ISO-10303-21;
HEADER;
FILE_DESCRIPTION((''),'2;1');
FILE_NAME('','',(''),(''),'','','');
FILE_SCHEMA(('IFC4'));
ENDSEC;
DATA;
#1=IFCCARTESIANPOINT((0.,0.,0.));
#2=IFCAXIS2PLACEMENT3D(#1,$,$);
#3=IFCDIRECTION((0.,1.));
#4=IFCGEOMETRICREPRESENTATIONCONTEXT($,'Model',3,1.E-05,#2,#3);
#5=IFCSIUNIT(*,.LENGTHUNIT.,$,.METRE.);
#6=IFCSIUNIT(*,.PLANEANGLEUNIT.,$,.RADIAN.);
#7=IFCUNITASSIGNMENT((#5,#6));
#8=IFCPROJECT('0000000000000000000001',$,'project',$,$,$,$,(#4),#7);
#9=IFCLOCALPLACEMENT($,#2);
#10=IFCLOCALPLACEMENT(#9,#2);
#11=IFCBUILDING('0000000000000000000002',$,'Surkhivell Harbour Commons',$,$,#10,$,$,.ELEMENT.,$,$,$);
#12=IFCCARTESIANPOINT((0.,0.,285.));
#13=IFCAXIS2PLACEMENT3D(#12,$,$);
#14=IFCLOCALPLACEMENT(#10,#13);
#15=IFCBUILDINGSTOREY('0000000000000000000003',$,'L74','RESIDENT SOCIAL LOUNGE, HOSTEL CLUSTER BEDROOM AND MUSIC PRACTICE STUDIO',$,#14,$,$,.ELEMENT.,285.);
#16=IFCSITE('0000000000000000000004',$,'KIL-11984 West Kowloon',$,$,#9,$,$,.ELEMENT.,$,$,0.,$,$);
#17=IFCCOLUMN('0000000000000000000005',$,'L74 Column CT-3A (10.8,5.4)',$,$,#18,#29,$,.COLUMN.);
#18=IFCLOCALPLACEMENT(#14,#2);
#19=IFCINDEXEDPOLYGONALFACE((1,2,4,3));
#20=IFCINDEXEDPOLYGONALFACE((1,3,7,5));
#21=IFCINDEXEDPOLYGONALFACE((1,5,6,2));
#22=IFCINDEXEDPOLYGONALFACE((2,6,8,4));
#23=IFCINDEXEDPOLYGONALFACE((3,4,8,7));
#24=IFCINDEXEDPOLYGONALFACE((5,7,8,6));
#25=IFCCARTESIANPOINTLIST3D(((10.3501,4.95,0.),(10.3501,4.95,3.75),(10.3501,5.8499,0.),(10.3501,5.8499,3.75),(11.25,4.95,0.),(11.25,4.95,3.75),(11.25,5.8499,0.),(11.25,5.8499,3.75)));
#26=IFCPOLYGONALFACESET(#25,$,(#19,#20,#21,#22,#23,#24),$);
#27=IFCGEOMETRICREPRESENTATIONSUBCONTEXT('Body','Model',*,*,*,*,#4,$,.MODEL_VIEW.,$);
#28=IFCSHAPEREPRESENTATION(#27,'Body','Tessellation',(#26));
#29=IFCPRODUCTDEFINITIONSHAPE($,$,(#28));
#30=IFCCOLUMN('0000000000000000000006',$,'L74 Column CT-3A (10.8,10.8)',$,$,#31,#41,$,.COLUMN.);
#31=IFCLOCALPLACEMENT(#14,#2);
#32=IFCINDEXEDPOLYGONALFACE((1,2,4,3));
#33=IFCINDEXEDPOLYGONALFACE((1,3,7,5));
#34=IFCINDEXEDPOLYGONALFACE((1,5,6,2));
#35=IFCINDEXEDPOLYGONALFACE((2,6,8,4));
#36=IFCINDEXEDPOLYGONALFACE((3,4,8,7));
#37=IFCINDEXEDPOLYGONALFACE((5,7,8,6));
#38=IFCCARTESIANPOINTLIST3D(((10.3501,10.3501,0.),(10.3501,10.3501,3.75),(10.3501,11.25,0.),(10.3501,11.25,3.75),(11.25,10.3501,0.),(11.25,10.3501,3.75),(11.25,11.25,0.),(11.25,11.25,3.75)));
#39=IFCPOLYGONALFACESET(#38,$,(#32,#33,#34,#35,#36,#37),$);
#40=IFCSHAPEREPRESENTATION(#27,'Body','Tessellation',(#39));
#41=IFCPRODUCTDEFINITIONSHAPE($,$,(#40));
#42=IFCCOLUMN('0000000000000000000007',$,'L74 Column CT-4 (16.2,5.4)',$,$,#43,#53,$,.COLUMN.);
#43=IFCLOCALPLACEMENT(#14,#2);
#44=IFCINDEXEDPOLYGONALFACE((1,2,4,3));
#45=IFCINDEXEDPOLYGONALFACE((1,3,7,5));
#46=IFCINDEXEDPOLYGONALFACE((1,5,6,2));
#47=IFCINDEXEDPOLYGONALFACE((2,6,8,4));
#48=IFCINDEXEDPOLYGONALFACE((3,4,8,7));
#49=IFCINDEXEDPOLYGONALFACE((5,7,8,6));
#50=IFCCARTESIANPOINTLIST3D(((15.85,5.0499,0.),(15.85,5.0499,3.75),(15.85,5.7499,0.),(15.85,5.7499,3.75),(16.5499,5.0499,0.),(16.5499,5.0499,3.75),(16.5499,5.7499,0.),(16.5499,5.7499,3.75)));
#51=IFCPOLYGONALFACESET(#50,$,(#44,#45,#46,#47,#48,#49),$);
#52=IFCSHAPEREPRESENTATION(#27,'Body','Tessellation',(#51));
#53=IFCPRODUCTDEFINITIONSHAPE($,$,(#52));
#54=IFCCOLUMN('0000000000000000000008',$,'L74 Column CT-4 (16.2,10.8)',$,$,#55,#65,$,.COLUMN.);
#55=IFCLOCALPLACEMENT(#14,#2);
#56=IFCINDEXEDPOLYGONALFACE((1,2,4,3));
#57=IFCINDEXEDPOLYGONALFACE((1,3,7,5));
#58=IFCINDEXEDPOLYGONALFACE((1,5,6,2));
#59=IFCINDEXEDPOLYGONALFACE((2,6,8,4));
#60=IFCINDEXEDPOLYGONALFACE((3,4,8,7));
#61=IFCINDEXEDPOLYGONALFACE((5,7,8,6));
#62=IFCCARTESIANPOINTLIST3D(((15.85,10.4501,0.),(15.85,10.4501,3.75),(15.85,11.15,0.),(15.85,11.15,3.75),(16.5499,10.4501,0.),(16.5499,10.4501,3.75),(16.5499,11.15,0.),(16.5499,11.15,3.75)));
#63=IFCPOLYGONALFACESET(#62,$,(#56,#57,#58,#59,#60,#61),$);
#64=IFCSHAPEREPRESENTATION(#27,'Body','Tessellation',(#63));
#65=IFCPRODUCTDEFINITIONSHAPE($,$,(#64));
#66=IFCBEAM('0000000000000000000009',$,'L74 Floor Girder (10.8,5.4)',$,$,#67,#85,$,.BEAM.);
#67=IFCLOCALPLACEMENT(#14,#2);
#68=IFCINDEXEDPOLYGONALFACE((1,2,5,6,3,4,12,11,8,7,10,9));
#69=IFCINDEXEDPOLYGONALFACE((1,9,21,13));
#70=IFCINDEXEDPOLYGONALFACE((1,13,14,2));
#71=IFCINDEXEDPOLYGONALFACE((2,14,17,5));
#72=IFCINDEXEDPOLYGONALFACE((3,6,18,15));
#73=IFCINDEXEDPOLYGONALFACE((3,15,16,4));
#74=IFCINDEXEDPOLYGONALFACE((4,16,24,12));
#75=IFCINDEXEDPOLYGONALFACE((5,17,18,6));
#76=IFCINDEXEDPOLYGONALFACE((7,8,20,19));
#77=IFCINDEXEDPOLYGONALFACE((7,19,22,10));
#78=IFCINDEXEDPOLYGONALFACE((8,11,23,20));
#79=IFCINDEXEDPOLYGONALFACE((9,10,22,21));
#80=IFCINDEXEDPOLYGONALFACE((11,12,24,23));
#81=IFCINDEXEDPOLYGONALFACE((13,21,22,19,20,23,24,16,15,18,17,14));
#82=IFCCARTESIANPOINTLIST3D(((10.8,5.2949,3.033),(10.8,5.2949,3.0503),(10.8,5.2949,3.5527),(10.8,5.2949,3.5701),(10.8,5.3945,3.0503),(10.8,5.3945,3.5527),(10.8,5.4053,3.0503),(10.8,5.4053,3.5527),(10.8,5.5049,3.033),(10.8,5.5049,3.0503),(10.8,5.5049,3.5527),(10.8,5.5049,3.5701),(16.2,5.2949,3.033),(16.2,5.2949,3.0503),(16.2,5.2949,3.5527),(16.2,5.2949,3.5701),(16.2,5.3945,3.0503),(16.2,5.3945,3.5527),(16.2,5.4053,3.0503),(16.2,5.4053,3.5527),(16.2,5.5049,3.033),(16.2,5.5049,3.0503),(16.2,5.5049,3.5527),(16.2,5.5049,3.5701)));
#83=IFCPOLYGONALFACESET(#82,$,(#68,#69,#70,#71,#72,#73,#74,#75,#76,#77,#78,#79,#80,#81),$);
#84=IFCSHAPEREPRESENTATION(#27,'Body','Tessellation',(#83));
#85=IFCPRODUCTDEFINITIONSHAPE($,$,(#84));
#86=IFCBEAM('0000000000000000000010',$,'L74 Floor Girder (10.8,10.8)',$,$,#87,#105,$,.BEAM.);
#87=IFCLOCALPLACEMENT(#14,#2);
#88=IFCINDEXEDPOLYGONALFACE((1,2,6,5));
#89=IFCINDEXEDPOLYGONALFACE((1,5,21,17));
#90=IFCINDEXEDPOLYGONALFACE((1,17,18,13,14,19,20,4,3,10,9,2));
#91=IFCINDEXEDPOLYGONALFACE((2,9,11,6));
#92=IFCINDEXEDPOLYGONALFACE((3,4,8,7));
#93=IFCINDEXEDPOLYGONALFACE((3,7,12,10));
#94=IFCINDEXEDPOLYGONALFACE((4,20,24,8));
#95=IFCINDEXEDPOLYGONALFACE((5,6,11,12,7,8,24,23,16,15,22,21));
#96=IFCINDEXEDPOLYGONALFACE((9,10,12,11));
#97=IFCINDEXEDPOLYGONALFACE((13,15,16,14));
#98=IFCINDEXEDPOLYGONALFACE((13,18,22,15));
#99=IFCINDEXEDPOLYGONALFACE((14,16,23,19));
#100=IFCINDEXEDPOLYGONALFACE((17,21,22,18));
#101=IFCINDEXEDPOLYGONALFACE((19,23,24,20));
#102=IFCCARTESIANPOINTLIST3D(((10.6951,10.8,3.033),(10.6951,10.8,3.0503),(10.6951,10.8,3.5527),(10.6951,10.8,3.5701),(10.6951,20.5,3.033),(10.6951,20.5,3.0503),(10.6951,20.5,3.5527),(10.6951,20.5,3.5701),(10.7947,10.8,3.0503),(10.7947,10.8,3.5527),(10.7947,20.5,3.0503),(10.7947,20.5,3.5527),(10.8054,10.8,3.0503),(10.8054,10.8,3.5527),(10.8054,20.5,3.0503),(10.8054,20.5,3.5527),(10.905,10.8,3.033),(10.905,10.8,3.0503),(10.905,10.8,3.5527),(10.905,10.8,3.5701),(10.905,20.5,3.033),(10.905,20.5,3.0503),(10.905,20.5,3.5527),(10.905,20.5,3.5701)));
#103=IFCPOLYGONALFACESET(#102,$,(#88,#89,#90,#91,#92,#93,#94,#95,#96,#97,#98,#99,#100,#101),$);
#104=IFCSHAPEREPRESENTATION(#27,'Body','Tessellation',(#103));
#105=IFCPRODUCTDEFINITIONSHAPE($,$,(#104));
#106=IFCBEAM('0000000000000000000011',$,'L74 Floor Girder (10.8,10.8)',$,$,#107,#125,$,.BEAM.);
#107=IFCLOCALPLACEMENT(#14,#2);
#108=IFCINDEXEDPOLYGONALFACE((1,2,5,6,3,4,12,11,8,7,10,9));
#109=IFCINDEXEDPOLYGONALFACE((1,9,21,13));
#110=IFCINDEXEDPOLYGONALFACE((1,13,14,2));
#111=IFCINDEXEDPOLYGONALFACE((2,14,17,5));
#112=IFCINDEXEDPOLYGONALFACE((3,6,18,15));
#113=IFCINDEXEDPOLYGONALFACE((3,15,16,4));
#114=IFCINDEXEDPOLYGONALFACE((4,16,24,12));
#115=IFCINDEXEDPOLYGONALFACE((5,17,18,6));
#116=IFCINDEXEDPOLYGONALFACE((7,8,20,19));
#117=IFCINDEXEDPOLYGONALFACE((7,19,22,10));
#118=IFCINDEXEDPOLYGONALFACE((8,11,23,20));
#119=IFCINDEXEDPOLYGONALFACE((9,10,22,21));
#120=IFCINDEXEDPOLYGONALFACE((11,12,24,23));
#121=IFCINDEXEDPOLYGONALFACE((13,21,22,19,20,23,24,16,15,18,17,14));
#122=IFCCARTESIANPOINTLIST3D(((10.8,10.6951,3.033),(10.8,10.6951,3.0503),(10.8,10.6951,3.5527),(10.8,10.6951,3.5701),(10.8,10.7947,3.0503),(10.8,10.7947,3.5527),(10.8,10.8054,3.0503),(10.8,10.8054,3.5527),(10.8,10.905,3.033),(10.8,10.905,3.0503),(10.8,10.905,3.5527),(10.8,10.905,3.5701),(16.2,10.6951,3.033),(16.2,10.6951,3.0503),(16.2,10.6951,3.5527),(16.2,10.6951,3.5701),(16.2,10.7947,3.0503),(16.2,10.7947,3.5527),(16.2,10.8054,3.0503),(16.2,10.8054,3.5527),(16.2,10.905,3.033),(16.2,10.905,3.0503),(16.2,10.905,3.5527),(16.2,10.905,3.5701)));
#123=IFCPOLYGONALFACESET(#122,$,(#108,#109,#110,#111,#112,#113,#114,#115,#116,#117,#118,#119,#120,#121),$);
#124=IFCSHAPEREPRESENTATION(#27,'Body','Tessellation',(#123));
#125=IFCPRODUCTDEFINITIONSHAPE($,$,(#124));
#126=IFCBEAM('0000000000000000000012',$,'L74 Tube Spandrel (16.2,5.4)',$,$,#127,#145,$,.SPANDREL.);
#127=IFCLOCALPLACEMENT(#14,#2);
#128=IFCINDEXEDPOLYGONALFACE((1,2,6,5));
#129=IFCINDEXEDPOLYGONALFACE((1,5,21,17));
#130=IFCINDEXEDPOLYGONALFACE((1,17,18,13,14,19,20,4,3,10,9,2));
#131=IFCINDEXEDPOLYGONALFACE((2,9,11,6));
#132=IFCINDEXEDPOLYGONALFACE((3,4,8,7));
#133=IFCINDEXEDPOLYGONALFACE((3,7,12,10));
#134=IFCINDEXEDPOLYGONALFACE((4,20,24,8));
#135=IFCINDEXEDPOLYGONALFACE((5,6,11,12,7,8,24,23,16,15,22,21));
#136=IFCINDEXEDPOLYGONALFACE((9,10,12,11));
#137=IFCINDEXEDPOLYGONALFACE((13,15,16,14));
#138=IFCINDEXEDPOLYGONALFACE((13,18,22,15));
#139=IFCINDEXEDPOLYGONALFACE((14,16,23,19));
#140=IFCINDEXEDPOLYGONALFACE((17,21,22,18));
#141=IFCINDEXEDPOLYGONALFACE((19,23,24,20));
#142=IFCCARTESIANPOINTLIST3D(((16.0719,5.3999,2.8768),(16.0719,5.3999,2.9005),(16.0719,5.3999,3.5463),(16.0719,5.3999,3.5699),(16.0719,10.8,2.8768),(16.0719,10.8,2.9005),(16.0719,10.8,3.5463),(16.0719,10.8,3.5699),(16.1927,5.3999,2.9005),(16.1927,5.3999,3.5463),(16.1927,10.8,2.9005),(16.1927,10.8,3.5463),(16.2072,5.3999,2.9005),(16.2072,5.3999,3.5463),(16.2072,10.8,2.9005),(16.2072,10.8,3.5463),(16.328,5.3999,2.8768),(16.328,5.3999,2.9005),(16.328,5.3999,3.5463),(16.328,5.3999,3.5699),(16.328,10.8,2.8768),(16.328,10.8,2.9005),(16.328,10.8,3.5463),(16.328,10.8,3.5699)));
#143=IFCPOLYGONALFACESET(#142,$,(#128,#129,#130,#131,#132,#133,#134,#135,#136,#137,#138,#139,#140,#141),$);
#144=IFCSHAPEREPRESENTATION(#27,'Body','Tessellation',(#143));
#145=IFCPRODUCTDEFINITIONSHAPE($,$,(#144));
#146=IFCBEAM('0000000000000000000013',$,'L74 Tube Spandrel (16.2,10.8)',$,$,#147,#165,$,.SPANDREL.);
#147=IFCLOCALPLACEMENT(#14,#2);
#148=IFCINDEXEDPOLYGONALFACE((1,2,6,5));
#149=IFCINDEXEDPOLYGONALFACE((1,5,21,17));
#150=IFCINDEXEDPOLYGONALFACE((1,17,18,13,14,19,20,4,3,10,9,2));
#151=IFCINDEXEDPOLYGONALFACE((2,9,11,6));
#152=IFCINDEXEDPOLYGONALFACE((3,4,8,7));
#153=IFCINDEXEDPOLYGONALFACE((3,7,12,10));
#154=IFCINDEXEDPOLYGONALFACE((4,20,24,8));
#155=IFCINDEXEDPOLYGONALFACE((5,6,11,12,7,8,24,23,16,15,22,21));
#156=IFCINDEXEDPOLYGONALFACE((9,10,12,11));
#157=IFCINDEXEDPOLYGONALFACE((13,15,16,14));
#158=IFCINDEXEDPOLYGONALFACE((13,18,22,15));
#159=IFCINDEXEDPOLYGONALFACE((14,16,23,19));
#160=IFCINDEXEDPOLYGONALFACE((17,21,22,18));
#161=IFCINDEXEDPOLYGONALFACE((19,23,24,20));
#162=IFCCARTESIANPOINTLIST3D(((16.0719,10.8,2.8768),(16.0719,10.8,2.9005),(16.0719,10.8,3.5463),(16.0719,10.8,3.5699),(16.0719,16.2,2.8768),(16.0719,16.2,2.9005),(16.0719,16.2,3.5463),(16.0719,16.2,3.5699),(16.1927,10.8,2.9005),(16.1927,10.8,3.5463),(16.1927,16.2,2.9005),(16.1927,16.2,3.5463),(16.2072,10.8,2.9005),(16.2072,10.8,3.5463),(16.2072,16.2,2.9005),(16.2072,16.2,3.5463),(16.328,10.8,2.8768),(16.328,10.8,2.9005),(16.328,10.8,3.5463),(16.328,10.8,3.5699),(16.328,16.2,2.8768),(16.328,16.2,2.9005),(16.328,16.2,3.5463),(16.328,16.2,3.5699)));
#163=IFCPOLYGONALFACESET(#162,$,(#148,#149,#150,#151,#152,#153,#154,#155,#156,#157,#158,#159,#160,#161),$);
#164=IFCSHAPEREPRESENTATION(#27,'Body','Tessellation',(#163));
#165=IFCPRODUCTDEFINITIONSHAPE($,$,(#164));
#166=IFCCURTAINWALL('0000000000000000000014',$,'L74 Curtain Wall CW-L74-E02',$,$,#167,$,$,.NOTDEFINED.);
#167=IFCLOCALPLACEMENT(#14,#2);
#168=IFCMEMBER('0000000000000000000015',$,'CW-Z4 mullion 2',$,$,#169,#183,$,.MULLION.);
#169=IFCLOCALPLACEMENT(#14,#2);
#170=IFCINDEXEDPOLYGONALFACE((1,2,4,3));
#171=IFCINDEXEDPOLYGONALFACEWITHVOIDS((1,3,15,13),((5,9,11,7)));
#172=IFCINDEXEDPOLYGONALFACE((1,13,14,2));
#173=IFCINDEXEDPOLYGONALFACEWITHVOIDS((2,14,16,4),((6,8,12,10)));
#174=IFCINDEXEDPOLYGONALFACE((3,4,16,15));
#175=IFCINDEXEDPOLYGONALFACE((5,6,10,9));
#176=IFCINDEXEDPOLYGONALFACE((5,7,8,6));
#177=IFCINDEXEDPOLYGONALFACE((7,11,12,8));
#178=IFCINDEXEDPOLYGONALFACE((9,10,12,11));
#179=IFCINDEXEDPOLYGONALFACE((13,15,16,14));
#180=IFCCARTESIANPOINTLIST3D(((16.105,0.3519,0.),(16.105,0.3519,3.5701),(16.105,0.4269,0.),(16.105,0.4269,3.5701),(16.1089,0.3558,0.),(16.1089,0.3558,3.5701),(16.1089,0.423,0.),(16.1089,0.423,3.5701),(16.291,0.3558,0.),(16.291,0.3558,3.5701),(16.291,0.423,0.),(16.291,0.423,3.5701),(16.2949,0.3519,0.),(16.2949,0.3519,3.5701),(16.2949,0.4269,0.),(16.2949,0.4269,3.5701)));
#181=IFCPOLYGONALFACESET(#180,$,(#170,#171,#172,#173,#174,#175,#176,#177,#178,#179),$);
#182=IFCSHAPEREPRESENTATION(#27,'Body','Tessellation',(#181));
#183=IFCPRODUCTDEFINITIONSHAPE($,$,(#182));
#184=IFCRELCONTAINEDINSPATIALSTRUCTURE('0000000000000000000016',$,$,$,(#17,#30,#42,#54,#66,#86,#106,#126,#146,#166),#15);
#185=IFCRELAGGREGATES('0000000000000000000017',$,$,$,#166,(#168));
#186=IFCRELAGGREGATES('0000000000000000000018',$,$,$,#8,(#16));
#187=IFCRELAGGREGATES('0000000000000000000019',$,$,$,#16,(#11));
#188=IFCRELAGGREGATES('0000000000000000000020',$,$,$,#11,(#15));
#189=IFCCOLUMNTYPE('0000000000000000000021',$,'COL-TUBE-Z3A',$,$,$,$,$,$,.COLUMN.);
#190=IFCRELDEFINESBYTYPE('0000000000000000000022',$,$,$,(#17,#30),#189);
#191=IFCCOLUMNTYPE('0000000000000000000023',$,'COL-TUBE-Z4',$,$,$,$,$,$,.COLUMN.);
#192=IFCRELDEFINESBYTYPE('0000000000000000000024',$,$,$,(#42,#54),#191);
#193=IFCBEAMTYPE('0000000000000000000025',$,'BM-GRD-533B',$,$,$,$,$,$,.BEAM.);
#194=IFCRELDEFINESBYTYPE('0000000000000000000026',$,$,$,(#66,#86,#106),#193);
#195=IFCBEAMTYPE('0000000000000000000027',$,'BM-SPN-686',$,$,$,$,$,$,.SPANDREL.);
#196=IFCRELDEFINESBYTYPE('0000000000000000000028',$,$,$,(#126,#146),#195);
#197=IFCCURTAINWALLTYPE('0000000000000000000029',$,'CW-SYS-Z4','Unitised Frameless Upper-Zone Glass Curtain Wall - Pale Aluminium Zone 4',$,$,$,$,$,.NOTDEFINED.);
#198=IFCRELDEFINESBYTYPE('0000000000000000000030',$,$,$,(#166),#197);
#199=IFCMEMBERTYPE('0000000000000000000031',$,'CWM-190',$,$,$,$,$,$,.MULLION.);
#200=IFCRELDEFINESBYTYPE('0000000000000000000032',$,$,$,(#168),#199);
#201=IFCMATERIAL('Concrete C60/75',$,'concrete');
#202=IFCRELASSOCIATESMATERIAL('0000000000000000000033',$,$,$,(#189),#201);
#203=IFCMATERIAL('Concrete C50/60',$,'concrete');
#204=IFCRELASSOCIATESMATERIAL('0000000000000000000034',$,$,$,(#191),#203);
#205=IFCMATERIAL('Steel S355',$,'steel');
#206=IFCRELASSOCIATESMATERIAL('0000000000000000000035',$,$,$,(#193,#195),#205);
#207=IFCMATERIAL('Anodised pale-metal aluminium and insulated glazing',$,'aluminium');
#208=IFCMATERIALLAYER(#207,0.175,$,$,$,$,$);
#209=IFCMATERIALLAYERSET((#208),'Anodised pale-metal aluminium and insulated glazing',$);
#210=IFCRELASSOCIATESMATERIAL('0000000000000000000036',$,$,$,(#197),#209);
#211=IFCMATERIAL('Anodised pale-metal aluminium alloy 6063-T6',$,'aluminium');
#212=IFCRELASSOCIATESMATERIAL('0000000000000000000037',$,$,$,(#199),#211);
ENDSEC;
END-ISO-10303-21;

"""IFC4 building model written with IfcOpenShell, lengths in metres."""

from ifc_helpers import new_model, si_unit, direction, frame, origin, origin_2d, place, context, subcontext, project, spatial, rectangle, hollow_rectangle, i_section, extrude, material, layer, layer_set, material_profile, profile_set, type_object, element, aggregate, save


model = new_model("IFC4")

# Units and contexts
model_context = context("Model", 3, precision=1e-05, world=origin(), true_north=direction((0.0, 1.0)))
body_context = subcontext(model_context, "Body", "Model", "MODEL_VIEW")
ifc_project = project(units=[si_unit("LENGTHUNIT", "METRE"), si_unit("PLANEANGLEUNIT", "RADIAN")], contexts=[model_context])

# Site, building, storey
site_placement = place(None, origin())
site = spatial("IfcSite", under=ifc_project, at=site_placement, Name="KIL-11984 West Kowloon", CompositionType="ELEMENT", RefElevation=0.0)
building_placement = place(site_placement, origin())
building = spatial("IfcBuilding", under=site, at=building_placement, Name="Surkhivell Harbour Commons", CompositionType="ELEMENT")
storey_placement = place(building_placement, frame((0.0, 0.0, 285.0)))
storey = spatial("IfcBuildingStorey", under=building, at=storey_placement, Name="L74", Description="RESIDENT SOCIAL LOUNGE, HOSTEL CLUSTER BEDROOM AND MUSIC PRACTICE STUDIO", CompositionType="ELEMENT", Elevation=285.0)

# Columns
ifc_material_1 = material(Name="Concrete C60/75", Category="concrete")
ifc_material_profile_1 = material_profile(ifc_material_1, rectangle(XDim=0.8999, YDim=0.8999, at=origin_2d()), Name="RC-COL-900x900")
ifc_profile_set_1 = profile_set([ifc_material_profile_1], Name="Concrete C60/75")
column_type_1 = type_object("IfcColumnType", Name="COL-TUBE-Z3A", PredefinedType="COLUMN", material=ifc_profile_set_1)
for number, where, z_axis, x_axis, name in (
    (1, (10.8, 5.3999, 0.0), (0.0, 0.0, 1.0), (1.0, 0.0, 0.0), "L74 Column CT-3A (10.8,5.4)"),
    (2, (10.8, 10.8, 0.0), (0.0, 0.0, 1.0), (1.0, 0.0, 0.0), "L74 Column CT-3A (10.8,10.8)"),
):
    element("IfcColumn", number, at=place(storey_placement, frame(where, z_axis=z_axis, x_axis=x_axis)), inside=storey, type_object=column_type_1, Name=name, PredefinedType="COLUMN", context=body_context, shape_type="SweptSolid", body=[
        extrude(rectangle(XDim=0.8999, YDim=0.8999, at=origin_2d()), origin(), (0.0, 0.0, 1.0), 3.75),
    ])
ifc_material_2 = material(Name="Concrete C50/60", Category="concrete")
ifc_material_profile_2 = material_profile(ifc_material_2, rectangle(XDim=0.7, YDim=0.7, at=origin_2d()), Name="RC-COL-700x700")
ifc_profile_set_2 = profile_set([ifc_material_profile_2], Name="Concrete C50/60")
column_type_2 = type_object("IfcColumnType", Name="COL-TUBE-Z4", PredefinedType="COLUMN", material=ifc_profile_set_2)
for number, where, z_axis, x_axis, name in (
    (3, (16.2, 5.3999, 0.0), (0.0, 0.0, 1.0), (1.0, 0.0, 0.0), "L74 Column CT-4 (16.2,5.4)"),
    (4, (16.2, 10.8, 0.0), (0.0, 0.0, 1.0), (1.0, 0.0, 0.0), "L74 Column CT-4 (16.2,10.8)"),
):
    element("IfcColumn", number, at=place(storey_placement, frame(where, z_axis=z_axis, x_axis=x_axis)), inside=storey, type_object=column_type_2, Name=name, PredefinedType="COLUMN", context=body_context, shape_type="SweptSolid", body=[
        extrude(rectangle(XDim=0.7, YDim=0.7, at=origin_2d()), origin(), (0.0, 0.0, 1.0), 3.75),
    ])

# Beams
ifc_material_3 = material(Name="Steel S355", Category="steel")
ifc_material_profile_3 = material_profile(ifc_material_3, i_section(OverallWidth=0.21, OverallDepth=0.5371, WebThickness=0.0107, FlangeThickness=0.0173, at=origin_2d()), Name="UB533x210x101")
ifc_profile_set_3 = profile_set([ifc_material_profile_3], Name="Steel S355")
beam_type_1 = type_object("IfcBeamType", Name="BM-GRD-533B", PredefinedType="BEAM", material=ifc_profile_set_3)
beam_1_placement = place(storey_placement, frame((10.8, 5.3999, 3.3015), z_axis=(1.0, 0.0, 0.0), x_axis=(0.0, 1.0, 0.0)))
element("IfcBeam", 5, at=beam_1_placement, inside=storey, type_object=beam_type_1, Name="L74 Floor Girder (10.8,5.4)", PredefinedType="BEAM", context=body_context, shape_type="SweptSolid", body=[
    extrude(i_section(OverallWidth=0.21, OverallDepth=0.5371, WebThickness=0.0107, FlangeThickness=0.0173, at=origin_2d()), origin(), (0.0, 0.0, 1.0), 5.3999),
])
beam_2_placement = place(storey_placement, frame((10.8, 10.8, 3.3015), z_axis=(0.0, 1.0, 0.0), x_axis=(-1.0, 0.0, 0.0)))
element("IfcBeam", 6, at=beam_2_placement, inside=storey, type_object=beam_type_1, Name="L74 Floor Girder (10.8,10.8)", PredefinedType="BEAM", context=body_context, shape_type="SweptSolid", body=[
    extrude(i_section(OverallWidth=0.21, OverallDepth=0.5371, WebThickness=0.0107, FlangeThickness=0.0173, at=origin_2d()), origin(), (0.0, 0.0, 1.0), 9.7),
])
beam_3_placement = place(storey_placement, frame((10.8, 10.8, 3.3015), z_axis=(1.0, 0.0, 0.0), x_axis=(0.0, 1.0, 0.0)))
element("IfcBeam", 7, at=beam_3_placement, inside=storey, type_object=beam_type_1, Name="L74 Floor Girder (10.8,10.8)", PredefinedType="BEAM", context=body_context, shape_type="SweptSolid", body=[
    extrude(i_section(OverallWidth=0.21, OverallDepth=0.5371, WebThickness=0.0107, FlangeThickness=0.0173, at=origin_2d()), origin(), (0.0, 0.0, 1.0), 5.3999),
])
ifc_material_profile_4 = material_profile(ifc_material_3, i_section(OverallWidth=0.2561, OverallDepth=0.6931, WebThickness=0.0144, FlangeThickness=0.0237, at=origin_2d()), Name="UB686x254x170")
ifc_profile_set_4 = profile_set([ifc_material_profile_4], Name="Steel S355")
beam_type_2 = type_object("IfcBeamType", Name="BM-SPN-686", PredefinedType="SPANDREL", material=ifc_profile_set_4)
beam_4_placement = place(storey_placement, frame((16.2, 5.3999, 3.2234), z_axis=(0.0, 1.0, 0.0), x_axis=(-1.0, 0.0, 0.0)))
element("IfcBeam", 8, at=beam_4_placement, inside=storey, type_object=beam_type_2, Name="L74 Tube Spandrel (16.2,5.4)", PredefinedType="SPANDREL", context=body_context, shape_type="SweptSolid", body=[
    extrude(i_section(OverallWidth=0.2561, OverallDepth=0.6931, WebThickness=0.0144, FlangeThickness=0.0237, at=origin_2d()), origin(), (0.0, 0.0, 1.0), 5.4001),
])
beam_5_placement = place(storey_placement, frame((16.2, 10.8, 3.2234), z_axis=(0.0, 1.0, 0.0), x_axis=(-1.0, 0.0, 0.0)))
element("IfcBeam", 9, at=beam_5_placement, inside=storey, type_object=beam_type_2, Name="L74 Tube Spandrel (16.2,10.8)", PredefinedType="SPANDREL", context=body_context, shape_type="SweptSolid", body=[
    extrude(i_section(OverallWidth=0.2561, OverallDepth=0.6931, WebThickness=0.0144, FlangeThickness=0.0237, at=origin_2d()), origin(), (0.0, 0.0, 1.0), 5.3999),
])

# Curtain wall, member
ifc_material_4 = material(Name="Anodised pale-metal aluminium and insulated glazing", Category="aluminium")
ifc_layer_1 = layer(ifc_material_4, 0.175)
ifc_layer_set_1 = layer_set([ifc_layer_1], Name="Anodised pale-metal aluminium and insulated glazing")
curtain_wall_type = type_object("IfcCurtainWallType", Name="CW-SYS-Z4", Description="Unitised Frameless Upper-Zone Glass Curtain Wall - Pale Aluminium Zone 4", PredefinedType="NOTDEFINED", material=ifc_layer_set_1)
curtain_wall_placement = place(storey_placement, origin())
curtain_wall = element("IfcCurtainWall", 10, at=curtain_wall_placement, inside=storey, type_object=curtain_wall_type, Name="L74 Curtain Wall CW-L74-E02", PredefinedType="NOTDEFINED")
ifc_material_5 = material(Name="Anodised pale-metal aluminium alloy 6063-T6", Category="aluminium")
ifc_material_profile_5 = material_profile(ifc_material_5, hollow_rectangle(XDim=0.075, YDim=0.1899, WallThickness=0.0039, at=origin_2d()), Name="ALU-MULL-75x190")
ifc_profile_set_5 = profile_set([ifc_material_profile_5], Name="Anodised pale-metal aluminium alloy 6063-T6")
member_type_1 = type_object("IfcMemberType", Name="CWM-190", PredefinedType="MULLION", material=ifc_profile_set_5)
member_1_placement = place(storey_placement, frame((16.2, 0.3894, 0.0), z_axis=(0.0, 0.0, 1.0), x_axis=(0.0, 1.0, 0.0)))
member_1 = element("IfcMember", 11, at=member_1_placement, type_object=member_type_1, Name="CW-Z4 mullion 2", PredefinedType="MULLION", context=body_context, shape_type="SweptSolid", body=[
    extrude(hollow_rectangle(XDim=0.075, YDim=0.1899, WallThickness=0.0039, at=origin_2d()), origin(), (0.0, 0.0, 1.0), 3.5701),
])
aggregate(curtain_wall, [member_1])

save(model, "model.ifc")
